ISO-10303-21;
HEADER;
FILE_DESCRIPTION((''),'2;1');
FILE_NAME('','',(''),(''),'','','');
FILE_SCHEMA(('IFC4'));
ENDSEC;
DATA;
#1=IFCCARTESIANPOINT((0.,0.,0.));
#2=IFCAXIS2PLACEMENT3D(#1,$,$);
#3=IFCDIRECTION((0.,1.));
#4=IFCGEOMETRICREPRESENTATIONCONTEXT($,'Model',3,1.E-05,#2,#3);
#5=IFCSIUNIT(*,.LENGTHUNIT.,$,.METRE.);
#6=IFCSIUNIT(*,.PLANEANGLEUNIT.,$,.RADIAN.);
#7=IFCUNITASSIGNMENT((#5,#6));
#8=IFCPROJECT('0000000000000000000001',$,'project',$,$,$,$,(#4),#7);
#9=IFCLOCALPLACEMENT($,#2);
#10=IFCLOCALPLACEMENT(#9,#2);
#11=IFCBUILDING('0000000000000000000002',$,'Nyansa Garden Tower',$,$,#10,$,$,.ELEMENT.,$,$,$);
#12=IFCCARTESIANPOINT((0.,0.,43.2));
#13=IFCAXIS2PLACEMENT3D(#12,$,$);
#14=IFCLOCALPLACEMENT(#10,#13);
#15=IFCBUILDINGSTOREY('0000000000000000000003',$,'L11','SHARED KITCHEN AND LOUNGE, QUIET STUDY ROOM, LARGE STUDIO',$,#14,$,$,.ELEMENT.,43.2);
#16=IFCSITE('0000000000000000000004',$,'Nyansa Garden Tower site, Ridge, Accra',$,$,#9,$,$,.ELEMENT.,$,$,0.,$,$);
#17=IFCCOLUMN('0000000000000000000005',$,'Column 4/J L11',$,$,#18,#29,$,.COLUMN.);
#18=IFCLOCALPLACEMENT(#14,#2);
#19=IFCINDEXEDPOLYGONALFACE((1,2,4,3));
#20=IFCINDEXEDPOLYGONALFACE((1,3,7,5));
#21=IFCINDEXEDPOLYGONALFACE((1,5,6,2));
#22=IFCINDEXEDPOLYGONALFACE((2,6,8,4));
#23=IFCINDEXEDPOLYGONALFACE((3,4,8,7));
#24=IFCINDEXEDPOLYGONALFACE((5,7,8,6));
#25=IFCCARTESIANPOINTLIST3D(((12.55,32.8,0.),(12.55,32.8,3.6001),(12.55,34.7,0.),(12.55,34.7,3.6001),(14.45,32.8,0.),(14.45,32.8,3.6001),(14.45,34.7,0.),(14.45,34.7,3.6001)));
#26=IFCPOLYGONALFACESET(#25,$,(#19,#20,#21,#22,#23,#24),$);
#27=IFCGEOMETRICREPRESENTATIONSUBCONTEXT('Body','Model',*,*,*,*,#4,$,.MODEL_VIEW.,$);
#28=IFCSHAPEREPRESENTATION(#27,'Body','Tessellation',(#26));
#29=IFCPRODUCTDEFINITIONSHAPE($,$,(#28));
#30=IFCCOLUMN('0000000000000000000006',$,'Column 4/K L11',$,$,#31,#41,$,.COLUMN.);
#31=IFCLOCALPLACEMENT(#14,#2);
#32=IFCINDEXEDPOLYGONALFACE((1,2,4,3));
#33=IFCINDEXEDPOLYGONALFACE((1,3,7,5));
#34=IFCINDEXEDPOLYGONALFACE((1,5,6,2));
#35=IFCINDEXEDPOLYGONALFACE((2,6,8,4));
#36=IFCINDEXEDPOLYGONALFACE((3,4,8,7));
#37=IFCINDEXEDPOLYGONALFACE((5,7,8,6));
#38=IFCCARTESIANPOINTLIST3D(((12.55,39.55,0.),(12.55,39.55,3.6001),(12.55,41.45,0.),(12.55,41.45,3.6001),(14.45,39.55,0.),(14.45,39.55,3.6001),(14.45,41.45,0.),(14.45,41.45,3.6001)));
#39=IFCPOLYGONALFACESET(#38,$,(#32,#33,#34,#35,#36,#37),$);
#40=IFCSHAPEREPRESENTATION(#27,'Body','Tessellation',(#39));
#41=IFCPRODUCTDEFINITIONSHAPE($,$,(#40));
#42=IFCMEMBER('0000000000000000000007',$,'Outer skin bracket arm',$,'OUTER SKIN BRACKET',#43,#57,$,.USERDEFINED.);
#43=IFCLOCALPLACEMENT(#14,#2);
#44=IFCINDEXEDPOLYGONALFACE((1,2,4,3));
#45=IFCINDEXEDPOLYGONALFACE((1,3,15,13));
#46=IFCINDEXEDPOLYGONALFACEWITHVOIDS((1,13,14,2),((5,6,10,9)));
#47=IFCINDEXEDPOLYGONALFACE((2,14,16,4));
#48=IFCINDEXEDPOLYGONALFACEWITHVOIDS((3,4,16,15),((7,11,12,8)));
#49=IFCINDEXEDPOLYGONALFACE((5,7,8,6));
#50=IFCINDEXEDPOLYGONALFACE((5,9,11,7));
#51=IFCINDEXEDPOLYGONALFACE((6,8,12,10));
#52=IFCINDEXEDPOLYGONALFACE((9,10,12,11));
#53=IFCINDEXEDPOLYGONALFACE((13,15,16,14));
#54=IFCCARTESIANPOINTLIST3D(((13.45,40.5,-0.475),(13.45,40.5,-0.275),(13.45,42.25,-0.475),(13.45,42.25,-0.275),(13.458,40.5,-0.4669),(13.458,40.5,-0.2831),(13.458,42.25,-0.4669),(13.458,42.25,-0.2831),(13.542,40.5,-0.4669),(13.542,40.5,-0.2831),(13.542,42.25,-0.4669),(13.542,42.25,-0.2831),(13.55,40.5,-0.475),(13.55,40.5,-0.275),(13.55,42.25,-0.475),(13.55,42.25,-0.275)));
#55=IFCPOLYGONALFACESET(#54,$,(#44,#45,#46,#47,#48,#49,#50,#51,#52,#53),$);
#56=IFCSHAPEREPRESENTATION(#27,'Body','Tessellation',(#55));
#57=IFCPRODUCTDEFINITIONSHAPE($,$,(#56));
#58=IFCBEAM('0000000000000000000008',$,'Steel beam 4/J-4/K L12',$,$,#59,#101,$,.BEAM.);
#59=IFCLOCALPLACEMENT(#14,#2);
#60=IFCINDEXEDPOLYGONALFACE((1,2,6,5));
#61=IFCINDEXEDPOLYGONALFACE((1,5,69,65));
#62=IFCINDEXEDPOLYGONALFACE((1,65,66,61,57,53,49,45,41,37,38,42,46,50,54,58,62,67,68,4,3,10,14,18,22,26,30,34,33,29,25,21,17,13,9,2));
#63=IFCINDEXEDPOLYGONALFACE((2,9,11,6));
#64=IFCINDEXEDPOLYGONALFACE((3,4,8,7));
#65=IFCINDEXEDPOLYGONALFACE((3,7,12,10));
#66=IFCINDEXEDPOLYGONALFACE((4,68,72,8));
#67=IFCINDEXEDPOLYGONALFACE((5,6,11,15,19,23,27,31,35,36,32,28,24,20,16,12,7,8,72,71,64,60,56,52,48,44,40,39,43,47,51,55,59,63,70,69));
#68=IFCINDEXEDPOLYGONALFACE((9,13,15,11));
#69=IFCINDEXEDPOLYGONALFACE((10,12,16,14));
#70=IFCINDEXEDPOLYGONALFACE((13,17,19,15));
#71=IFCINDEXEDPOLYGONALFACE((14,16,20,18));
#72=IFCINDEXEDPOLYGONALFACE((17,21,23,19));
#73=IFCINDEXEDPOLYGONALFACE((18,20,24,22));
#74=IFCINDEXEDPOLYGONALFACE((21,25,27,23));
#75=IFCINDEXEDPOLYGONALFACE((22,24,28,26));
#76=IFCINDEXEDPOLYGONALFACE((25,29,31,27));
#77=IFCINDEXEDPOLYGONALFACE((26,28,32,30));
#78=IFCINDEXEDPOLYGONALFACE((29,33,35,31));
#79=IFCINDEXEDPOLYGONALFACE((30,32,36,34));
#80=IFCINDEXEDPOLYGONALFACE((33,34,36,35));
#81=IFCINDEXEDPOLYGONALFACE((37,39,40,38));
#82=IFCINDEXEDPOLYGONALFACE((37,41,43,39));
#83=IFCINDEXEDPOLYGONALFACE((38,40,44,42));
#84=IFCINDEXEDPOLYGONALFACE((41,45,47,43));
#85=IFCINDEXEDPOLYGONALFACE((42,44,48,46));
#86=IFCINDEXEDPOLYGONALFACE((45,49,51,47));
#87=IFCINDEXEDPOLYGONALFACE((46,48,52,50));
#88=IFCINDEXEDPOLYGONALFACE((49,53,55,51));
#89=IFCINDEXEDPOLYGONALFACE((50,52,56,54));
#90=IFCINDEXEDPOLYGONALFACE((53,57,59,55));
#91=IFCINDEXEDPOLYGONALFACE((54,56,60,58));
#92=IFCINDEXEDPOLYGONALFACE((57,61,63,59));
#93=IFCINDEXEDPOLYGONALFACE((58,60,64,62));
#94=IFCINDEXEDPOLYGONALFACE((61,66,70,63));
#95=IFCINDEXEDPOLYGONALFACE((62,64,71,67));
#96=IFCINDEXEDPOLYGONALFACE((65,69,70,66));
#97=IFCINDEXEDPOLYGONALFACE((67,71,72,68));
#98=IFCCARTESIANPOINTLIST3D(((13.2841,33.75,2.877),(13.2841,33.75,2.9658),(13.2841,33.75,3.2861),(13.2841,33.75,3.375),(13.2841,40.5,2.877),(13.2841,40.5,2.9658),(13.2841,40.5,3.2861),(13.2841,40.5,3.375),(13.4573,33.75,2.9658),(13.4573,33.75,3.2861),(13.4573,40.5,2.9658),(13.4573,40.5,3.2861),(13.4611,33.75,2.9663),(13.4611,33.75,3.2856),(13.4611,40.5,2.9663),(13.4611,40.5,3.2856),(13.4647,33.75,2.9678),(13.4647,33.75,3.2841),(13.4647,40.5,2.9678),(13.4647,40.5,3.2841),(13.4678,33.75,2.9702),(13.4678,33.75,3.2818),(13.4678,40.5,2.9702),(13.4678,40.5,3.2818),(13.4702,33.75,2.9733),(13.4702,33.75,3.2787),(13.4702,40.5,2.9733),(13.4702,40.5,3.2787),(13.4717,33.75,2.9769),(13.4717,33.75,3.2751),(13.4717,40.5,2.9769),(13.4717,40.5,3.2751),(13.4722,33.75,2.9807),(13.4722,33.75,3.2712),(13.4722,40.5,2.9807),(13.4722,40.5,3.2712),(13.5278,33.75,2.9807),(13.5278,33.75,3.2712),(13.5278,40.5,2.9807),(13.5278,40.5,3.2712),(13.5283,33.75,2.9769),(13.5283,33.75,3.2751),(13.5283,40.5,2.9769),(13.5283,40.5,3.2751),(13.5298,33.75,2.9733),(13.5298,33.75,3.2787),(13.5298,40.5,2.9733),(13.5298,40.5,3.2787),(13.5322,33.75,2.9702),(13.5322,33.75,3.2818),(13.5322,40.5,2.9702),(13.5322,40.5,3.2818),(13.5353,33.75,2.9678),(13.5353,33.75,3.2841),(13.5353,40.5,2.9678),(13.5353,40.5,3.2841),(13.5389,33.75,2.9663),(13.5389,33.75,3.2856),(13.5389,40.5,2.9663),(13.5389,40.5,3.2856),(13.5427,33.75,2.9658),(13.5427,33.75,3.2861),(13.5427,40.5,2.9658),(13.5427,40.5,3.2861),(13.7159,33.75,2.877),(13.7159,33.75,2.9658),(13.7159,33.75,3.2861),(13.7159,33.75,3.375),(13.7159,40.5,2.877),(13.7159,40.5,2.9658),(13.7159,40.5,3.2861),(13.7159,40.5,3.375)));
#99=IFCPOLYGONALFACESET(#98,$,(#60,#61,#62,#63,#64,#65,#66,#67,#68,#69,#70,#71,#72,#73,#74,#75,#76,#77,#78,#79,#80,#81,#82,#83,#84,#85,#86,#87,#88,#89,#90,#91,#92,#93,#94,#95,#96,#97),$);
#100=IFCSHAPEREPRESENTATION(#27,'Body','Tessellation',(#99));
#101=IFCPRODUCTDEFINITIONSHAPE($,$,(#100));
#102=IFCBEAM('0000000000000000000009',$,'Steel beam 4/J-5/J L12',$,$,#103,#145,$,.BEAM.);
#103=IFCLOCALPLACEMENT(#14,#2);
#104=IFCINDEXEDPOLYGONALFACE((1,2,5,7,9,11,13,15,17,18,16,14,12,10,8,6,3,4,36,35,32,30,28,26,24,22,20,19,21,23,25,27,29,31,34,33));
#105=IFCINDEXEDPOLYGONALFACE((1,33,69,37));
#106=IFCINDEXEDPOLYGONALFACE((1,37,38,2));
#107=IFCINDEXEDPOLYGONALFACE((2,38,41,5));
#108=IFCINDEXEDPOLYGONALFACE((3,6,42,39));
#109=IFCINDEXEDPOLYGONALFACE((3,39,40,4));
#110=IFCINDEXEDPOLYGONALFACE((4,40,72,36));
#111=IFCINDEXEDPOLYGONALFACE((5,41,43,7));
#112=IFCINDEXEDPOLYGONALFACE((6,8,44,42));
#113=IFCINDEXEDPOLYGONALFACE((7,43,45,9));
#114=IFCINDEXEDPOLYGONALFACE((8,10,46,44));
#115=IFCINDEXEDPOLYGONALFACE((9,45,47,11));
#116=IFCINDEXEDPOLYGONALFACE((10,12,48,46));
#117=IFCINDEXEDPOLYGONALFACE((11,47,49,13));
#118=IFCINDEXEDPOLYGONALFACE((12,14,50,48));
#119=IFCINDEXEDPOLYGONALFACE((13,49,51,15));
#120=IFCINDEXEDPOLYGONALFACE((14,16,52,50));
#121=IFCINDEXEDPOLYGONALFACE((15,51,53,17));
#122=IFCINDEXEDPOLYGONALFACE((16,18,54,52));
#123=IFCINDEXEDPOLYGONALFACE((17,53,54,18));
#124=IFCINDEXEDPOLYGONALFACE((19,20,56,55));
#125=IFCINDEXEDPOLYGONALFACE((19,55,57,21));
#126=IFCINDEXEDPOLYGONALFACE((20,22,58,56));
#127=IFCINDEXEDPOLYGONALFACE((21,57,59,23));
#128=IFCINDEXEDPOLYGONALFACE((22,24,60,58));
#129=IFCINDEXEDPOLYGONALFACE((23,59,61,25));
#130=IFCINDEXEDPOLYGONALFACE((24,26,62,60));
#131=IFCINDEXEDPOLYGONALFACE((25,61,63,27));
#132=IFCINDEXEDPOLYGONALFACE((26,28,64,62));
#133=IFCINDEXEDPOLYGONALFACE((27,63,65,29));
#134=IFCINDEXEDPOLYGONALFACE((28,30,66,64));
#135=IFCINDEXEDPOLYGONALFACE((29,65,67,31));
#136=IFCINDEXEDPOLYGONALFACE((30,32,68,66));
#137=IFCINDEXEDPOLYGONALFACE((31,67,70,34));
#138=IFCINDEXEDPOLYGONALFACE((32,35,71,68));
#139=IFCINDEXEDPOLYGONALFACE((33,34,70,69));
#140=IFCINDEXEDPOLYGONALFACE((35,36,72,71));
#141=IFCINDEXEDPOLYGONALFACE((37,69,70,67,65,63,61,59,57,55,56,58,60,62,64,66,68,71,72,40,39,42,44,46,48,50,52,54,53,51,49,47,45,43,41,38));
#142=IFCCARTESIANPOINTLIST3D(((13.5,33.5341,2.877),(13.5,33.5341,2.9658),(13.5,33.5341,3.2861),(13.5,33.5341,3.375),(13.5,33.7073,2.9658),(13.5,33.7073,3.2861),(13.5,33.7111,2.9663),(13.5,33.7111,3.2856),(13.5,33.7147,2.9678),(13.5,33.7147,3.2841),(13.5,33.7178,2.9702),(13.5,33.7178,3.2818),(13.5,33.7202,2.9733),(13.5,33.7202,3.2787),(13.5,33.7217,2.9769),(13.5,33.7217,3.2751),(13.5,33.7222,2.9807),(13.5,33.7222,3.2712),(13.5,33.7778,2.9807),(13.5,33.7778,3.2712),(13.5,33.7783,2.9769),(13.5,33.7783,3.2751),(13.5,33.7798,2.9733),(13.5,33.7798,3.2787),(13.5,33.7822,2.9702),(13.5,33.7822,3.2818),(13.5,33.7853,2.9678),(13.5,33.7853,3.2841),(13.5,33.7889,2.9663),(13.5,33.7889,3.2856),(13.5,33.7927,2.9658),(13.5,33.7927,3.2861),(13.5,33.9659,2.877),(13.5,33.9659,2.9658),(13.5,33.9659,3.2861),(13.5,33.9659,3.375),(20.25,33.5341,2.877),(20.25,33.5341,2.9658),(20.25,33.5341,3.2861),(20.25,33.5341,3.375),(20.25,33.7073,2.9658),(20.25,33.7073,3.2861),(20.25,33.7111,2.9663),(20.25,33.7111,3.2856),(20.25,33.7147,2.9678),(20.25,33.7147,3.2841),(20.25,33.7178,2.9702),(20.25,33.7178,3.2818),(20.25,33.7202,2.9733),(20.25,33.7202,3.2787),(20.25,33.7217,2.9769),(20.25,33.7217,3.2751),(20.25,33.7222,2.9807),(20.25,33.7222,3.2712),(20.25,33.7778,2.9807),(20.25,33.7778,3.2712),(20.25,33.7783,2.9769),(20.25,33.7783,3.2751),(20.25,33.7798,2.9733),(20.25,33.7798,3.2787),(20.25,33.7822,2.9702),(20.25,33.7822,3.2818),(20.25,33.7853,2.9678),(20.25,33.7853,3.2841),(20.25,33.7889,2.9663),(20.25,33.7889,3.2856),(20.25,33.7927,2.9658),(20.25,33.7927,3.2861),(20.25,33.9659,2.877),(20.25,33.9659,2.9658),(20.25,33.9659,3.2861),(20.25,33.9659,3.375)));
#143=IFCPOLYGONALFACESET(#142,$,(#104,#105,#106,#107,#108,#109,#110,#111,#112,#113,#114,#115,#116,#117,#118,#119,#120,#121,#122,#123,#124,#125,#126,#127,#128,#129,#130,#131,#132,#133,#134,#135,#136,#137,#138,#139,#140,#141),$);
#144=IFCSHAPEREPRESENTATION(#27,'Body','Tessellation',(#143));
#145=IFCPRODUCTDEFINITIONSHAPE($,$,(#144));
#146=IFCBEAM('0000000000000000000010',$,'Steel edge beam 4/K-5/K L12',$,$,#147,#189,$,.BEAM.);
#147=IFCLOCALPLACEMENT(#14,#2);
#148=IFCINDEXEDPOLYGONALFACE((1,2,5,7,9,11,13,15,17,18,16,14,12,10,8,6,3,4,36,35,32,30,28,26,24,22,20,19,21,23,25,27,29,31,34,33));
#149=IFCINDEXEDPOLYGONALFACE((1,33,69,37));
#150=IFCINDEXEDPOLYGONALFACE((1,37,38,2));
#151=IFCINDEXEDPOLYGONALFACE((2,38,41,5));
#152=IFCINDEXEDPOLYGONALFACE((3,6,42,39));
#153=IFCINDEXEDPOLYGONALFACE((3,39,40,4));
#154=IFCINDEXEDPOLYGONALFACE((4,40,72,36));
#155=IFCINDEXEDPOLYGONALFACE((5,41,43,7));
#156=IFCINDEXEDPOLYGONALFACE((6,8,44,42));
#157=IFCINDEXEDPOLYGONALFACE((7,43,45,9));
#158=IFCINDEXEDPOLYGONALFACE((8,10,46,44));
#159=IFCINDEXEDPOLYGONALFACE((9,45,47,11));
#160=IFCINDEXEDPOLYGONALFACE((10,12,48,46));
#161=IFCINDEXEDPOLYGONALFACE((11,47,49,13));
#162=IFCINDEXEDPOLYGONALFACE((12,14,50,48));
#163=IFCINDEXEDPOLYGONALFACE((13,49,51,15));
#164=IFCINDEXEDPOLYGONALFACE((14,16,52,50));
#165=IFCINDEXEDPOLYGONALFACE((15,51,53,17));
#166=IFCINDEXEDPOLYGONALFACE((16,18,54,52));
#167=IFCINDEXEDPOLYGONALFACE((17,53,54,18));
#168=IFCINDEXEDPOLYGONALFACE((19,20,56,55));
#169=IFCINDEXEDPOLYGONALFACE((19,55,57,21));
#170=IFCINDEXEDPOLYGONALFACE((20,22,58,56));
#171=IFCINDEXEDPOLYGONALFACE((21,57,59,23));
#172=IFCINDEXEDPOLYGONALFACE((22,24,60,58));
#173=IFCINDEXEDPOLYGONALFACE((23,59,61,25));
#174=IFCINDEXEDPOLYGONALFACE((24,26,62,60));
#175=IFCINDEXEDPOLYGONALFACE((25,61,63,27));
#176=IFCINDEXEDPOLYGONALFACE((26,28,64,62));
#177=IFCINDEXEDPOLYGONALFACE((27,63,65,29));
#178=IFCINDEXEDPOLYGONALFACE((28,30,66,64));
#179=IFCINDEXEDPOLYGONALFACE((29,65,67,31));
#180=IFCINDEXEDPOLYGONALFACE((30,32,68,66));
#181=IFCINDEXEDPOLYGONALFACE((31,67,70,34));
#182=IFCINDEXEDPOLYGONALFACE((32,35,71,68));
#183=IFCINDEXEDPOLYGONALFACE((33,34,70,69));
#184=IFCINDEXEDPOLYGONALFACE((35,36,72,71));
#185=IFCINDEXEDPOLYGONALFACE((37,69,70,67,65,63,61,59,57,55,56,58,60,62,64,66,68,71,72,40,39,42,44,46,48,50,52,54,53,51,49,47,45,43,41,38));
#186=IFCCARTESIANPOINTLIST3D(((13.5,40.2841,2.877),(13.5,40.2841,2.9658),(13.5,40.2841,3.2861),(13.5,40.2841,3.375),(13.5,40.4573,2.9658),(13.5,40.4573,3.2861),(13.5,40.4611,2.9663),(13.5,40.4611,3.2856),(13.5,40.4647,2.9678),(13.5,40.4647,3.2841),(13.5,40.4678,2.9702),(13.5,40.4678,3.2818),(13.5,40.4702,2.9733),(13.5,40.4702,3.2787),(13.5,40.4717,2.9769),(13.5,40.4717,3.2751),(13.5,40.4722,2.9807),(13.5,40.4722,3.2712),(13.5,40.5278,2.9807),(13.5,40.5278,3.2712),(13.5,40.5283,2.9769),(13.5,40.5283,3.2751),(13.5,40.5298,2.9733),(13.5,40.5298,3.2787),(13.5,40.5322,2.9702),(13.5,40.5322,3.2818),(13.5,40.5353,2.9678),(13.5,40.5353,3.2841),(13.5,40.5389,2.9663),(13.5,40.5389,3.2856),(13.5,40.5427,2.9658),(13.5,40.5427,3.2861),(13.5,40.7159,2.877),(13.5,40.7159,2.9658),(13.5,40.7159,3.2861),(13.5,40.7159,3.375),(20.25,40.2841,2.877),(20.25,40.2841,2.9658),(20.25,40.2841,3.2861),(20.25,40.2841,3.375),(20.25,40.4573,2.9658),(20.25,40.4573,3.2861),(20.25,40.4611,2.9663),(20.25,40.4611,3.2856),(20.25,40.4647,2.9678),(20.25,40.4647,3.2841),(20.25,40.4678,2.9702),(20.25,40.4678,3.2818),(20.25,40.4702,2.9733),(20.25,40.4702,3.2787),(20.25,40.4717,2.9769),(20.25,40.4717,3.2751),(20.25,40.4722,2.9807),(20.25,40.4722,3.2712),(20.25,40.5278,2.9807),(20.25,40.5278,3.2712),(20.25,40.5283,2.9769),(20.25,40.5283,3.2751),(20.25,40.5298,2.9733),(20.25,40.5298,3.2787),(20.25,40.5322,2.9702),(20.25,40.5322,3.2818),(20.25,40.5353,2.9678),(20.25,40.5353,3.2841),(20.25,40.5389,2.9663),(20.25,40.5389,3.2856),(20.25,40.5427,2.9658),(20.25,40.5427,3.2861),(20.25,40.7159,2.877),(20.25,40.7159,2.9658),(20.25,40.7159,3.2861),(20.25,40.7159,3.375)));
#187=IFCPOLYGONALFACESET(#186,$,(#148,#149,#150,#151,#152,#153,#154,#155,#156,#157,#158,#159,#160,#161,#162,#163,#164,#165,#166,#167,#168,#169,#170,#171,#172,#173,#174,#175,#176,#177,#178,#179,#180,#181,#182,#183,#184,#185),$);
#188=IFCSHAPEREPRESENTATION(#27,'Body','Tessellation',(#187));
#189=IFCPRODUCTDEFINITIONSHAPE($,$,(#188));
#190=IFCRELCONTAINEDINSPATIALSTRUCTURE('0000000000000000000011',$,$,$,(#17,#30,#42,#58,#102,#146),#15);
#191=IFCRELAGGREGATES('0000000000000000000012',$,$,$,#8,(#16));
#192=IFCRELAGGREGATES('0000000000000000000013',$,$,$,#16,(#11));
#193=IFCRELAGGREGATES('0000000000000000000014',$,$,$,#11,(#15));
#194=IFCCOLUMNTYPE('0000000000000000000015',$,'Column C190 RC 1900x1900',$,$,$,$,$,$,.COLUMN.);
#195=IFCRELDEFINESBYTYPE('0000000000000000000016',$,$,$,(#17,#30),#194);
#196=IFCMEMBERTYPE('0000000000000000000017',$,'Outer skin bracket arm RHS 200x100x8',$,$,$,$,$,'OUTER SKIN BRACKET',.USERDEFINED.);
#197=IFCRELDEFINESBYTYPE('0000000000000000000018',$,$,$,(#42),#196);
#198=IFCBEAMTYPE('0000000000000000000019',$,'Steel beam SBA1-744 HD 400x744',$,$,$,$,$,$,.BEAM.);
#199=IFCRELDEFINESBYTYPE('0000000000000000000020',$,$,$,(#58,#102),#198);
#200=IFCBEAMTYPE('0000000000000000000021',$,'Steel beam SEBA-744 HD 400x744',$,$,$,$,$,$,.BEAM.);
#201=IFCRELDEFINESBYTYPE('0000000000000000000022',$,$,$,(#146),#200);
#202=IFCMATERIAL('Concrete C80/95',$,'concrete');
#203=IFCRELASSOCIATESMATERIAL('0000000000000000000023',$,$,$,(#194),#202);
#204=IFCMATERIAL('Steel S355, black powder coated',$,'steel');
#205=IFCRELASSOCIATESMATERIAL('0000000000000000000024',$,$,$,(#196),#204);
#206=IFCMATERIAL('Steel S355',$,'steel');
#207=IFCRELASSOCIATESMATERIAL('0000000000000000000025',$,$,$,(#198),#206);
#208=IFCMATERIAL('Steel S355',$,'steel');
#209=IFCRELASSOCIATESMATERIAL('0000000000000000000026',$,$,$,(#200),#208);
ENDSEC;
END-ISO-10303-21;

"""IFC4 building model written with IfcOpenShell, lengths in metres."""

from ifc_helpers import new_model, si_unit, direction, frame, origin, origin_2d, place, context, subcontext, project, spatial, rectangle, hollow_rectangle, i_section, extrude, material, material_profile, profile_set, type_object, element, save


model = new_model("IFC4")

# Units and contexts
model_context = context("Model", 3, precision=1e-05, world=origin(), true_north=direction((0.0, 1.0)))
body_context = subcontext(model_context, "Body", "Model", "MODEL_VIEW")
ifc_project = project(units=[si_unit("LENGTHUNIT", "METRE"), si_unit("PLANEANGLEUNIT", "RADIAN")], contexts=[model_context])

# Site, building, storey
site_placement = place(None, origin())
site = spatial("IfcSite", under=ifc_project, at=site_placement, Name="Nyansa Garden Tower site, Ridge, Accra", CompositionType="ELEMENT", RefElevation=0.0)
building_placement = place(site_placement, origin())
building = spatial("IfcBuilding", under=site, at=building_placement, Name="Nyansa Garden Tower", CompositionType="ELEMENT")
storey_placement = place(building_placement, frame((0.0, 0.0, 43.2)))
storey = spatial("IfcBuildingStorey", under=building, at=storey_placement, Name="L11", Description="SHARED KITCHEN AND LOUNGE, QUIET STUDY ROOM, LARGE STUDIO", CompositionType="ELEMENT", Elevation=43.2)

# Columns
ifc_material_1 = material(Name="Concrete C80/95", Category="concrete")
ifc_material_profile_1 = material_profile(ifc_material_1, rectangle(XDim=1.8999, YDim=1.8999, at=origin_2d()), Name="RC 1900x1900")
ifc_profile_set_1 = profile_set([ifc_material_profile_1], Name="Concrete C80/95")
column_type = type_object("IfcColumnType", Name="Column C190 RC 1900x1900", PredefinedType="COLUMN", material=ifc_profile_set_1)
for number, where, z_axis, x_axis, name in (
    (1, (13.5, 33.75, 0.0), (0.0, 0.0, 1.0), (1.0, 0.0, 0.0), "Column 4/J L11"),
    (2, (13.5, 40.5, 0.0), (0.0, 0.0, 1.0), (1.0, 0.0, 0.0), "Column 4/K L11"),
):
    element("IfcColumn", number, at=place(storey_placement, frame(where, z_axis=z_axis, x_axis=x_axis)), inside=storey, type_object=column_type, Name=name, PredefinedType="COLUMN", context=body_context, shape_type="SweptSolid", body=[
        extrude(rectangle(XDim=1.8999, YDim=1.8999, at=origin_2d()), origin(), (0.0, 0.0, 1.0), 3.6001),
    ])

# Member
ifc_material_2 = material(Name="Steel S355, black powder coated", Category="steel")
ifc_material_profile_2 = material_profile(ifc_material_2, hollow_rectangle(XDim=0.1001, YDim=0.2, WallThickness=0.0081, at=origin_2d()), Name="RHS 200x100x8")
ifc_profile_set_2 = profile_set([ifc_material_profile_2], Name="Steel S355, black powder coated")
member_type = type_object("IfcMemberType", Name="Outer skin bracket arm RHS 200x100x8", ElementType="OUTER SKIN BRACKET", PredefinedType="USERDEFINED", material=ifc_profile_set_2)
member_placement = place(storey_placement, frame((13.5, 40.5, -0.375), z_axis=(0.0, 1.0, 0.0), x_axis=(-1.0, 0.0, 0.0)))
element("IfcMember", 3, at=member_placement, inside=storey, type_object=member_type, Name="Outer skin bracket arm", ObjectType="OUTER SKIN BRACKET", PredefinedType="USERDEFINED", context=body_context, shape_type="SweptSolid", body=[
    extrude(hollow_rectangle(XDim=0.1001, YDim=0.2, WallThickness=0.0081, at=origin_2d()), origin(), (0.0, 0.0, 1.0), 1.75),
])

# Beams
ifc_material_3 = material(Name="Steel S355", Category="steel")
ifc_material_profile_3 = material_profile(ifc_material_3, i_section(OverallWidth=0.4319, OverallDepth=0.498, WebThickness=0.0557, FlangeThickness=0.0889, FilletRadius=0.0149, at=origin_2d()), Name="HD 400x744")
ifc_profile_set_3 = profile_set([ifc_material_profile_3], Name="Steel S355")
beam_type_1 = type_object("IfcBeamType", Name="Steel beam SBA1-744 HD 400x744", PredefinedType="BEAM", material=ifc_profile_set_3)
for number, where, z_axis, x_axis, name in (
    (4, (13.5, 33.75, 3.126), (0.0, 1.0, 0.0), (-1.0, 0.0, 0.0), "Steel beam 4/J-4/K L12"),
    (5, (13.5, 33.75, 3.126), (1.0, 0.0, 0.0), (0.0, 1.0, 0.0), "Steel beam 4/J-5/J L12"),
):
    element("IfcBeam", number, at=place(storey_placement, frame(where, z_axis=z_axis, x_axis=x_axis)), inside=storey, type_object=beam_type_1, Name=name, PredefinedType="BEAM", context=body_context, shape_type="SweptSolid", body=[
        extrude(i_section(OverallWidth=0.4319, OverallDepth=0.498, WebThickness=0.0557, FlangeThickness=0.0889, FilletRadius=0.0149, at=origin_2d()), origin(), (0.0, 0.0, 1.0), 6.75),
    ])
ifc_material_4 = material(Name="Steel S355", Category="steel")
ifc_material_profile_4 = material_profile(ifc_material_4, i_section(OverallWidth=0.4319, OverallDepth=0.498, WebThickness=0.0557, FlangeThickness=0.0889, FilletRadius=0.0149, at=origin_2d()), Name="HD 400x744")
ifc_profile_set_4 = profile_set([ifc_material_profile_4], Name="Steel S355")
beam_type_2 = type_object("IfcBeamType", Name="Steel beam SEBA-744 HD 400x744", PredefinedType="BEAM", material=ifc_profile_set_4)
beam_placement = place(storey_placement, frame((13.5, 40.5, 3.126), z_axis=(1.0, 0.0, 0.0), x_axis=(0.0, 1.0, 0.0)))
element("IfcBeam", 6, at=beam_placement, inside=storey, type_object=beam_type_2, Name="Steel edge beam 4/K-5/K L12", PredefinedType="BEAM", context=body_context, shape_type="SweptSolid", body=[
    extrude(i_section(OverallWidth=0.4319, OverallDepth=0.498, WebThickness=0.0557, FlangeThickness=0.0889, FilletRadius=0.0149, at=origin_2d()), origin(), (0.0, 0.0, 1.0), 6.75),
])

save(model, "model.ifc")
